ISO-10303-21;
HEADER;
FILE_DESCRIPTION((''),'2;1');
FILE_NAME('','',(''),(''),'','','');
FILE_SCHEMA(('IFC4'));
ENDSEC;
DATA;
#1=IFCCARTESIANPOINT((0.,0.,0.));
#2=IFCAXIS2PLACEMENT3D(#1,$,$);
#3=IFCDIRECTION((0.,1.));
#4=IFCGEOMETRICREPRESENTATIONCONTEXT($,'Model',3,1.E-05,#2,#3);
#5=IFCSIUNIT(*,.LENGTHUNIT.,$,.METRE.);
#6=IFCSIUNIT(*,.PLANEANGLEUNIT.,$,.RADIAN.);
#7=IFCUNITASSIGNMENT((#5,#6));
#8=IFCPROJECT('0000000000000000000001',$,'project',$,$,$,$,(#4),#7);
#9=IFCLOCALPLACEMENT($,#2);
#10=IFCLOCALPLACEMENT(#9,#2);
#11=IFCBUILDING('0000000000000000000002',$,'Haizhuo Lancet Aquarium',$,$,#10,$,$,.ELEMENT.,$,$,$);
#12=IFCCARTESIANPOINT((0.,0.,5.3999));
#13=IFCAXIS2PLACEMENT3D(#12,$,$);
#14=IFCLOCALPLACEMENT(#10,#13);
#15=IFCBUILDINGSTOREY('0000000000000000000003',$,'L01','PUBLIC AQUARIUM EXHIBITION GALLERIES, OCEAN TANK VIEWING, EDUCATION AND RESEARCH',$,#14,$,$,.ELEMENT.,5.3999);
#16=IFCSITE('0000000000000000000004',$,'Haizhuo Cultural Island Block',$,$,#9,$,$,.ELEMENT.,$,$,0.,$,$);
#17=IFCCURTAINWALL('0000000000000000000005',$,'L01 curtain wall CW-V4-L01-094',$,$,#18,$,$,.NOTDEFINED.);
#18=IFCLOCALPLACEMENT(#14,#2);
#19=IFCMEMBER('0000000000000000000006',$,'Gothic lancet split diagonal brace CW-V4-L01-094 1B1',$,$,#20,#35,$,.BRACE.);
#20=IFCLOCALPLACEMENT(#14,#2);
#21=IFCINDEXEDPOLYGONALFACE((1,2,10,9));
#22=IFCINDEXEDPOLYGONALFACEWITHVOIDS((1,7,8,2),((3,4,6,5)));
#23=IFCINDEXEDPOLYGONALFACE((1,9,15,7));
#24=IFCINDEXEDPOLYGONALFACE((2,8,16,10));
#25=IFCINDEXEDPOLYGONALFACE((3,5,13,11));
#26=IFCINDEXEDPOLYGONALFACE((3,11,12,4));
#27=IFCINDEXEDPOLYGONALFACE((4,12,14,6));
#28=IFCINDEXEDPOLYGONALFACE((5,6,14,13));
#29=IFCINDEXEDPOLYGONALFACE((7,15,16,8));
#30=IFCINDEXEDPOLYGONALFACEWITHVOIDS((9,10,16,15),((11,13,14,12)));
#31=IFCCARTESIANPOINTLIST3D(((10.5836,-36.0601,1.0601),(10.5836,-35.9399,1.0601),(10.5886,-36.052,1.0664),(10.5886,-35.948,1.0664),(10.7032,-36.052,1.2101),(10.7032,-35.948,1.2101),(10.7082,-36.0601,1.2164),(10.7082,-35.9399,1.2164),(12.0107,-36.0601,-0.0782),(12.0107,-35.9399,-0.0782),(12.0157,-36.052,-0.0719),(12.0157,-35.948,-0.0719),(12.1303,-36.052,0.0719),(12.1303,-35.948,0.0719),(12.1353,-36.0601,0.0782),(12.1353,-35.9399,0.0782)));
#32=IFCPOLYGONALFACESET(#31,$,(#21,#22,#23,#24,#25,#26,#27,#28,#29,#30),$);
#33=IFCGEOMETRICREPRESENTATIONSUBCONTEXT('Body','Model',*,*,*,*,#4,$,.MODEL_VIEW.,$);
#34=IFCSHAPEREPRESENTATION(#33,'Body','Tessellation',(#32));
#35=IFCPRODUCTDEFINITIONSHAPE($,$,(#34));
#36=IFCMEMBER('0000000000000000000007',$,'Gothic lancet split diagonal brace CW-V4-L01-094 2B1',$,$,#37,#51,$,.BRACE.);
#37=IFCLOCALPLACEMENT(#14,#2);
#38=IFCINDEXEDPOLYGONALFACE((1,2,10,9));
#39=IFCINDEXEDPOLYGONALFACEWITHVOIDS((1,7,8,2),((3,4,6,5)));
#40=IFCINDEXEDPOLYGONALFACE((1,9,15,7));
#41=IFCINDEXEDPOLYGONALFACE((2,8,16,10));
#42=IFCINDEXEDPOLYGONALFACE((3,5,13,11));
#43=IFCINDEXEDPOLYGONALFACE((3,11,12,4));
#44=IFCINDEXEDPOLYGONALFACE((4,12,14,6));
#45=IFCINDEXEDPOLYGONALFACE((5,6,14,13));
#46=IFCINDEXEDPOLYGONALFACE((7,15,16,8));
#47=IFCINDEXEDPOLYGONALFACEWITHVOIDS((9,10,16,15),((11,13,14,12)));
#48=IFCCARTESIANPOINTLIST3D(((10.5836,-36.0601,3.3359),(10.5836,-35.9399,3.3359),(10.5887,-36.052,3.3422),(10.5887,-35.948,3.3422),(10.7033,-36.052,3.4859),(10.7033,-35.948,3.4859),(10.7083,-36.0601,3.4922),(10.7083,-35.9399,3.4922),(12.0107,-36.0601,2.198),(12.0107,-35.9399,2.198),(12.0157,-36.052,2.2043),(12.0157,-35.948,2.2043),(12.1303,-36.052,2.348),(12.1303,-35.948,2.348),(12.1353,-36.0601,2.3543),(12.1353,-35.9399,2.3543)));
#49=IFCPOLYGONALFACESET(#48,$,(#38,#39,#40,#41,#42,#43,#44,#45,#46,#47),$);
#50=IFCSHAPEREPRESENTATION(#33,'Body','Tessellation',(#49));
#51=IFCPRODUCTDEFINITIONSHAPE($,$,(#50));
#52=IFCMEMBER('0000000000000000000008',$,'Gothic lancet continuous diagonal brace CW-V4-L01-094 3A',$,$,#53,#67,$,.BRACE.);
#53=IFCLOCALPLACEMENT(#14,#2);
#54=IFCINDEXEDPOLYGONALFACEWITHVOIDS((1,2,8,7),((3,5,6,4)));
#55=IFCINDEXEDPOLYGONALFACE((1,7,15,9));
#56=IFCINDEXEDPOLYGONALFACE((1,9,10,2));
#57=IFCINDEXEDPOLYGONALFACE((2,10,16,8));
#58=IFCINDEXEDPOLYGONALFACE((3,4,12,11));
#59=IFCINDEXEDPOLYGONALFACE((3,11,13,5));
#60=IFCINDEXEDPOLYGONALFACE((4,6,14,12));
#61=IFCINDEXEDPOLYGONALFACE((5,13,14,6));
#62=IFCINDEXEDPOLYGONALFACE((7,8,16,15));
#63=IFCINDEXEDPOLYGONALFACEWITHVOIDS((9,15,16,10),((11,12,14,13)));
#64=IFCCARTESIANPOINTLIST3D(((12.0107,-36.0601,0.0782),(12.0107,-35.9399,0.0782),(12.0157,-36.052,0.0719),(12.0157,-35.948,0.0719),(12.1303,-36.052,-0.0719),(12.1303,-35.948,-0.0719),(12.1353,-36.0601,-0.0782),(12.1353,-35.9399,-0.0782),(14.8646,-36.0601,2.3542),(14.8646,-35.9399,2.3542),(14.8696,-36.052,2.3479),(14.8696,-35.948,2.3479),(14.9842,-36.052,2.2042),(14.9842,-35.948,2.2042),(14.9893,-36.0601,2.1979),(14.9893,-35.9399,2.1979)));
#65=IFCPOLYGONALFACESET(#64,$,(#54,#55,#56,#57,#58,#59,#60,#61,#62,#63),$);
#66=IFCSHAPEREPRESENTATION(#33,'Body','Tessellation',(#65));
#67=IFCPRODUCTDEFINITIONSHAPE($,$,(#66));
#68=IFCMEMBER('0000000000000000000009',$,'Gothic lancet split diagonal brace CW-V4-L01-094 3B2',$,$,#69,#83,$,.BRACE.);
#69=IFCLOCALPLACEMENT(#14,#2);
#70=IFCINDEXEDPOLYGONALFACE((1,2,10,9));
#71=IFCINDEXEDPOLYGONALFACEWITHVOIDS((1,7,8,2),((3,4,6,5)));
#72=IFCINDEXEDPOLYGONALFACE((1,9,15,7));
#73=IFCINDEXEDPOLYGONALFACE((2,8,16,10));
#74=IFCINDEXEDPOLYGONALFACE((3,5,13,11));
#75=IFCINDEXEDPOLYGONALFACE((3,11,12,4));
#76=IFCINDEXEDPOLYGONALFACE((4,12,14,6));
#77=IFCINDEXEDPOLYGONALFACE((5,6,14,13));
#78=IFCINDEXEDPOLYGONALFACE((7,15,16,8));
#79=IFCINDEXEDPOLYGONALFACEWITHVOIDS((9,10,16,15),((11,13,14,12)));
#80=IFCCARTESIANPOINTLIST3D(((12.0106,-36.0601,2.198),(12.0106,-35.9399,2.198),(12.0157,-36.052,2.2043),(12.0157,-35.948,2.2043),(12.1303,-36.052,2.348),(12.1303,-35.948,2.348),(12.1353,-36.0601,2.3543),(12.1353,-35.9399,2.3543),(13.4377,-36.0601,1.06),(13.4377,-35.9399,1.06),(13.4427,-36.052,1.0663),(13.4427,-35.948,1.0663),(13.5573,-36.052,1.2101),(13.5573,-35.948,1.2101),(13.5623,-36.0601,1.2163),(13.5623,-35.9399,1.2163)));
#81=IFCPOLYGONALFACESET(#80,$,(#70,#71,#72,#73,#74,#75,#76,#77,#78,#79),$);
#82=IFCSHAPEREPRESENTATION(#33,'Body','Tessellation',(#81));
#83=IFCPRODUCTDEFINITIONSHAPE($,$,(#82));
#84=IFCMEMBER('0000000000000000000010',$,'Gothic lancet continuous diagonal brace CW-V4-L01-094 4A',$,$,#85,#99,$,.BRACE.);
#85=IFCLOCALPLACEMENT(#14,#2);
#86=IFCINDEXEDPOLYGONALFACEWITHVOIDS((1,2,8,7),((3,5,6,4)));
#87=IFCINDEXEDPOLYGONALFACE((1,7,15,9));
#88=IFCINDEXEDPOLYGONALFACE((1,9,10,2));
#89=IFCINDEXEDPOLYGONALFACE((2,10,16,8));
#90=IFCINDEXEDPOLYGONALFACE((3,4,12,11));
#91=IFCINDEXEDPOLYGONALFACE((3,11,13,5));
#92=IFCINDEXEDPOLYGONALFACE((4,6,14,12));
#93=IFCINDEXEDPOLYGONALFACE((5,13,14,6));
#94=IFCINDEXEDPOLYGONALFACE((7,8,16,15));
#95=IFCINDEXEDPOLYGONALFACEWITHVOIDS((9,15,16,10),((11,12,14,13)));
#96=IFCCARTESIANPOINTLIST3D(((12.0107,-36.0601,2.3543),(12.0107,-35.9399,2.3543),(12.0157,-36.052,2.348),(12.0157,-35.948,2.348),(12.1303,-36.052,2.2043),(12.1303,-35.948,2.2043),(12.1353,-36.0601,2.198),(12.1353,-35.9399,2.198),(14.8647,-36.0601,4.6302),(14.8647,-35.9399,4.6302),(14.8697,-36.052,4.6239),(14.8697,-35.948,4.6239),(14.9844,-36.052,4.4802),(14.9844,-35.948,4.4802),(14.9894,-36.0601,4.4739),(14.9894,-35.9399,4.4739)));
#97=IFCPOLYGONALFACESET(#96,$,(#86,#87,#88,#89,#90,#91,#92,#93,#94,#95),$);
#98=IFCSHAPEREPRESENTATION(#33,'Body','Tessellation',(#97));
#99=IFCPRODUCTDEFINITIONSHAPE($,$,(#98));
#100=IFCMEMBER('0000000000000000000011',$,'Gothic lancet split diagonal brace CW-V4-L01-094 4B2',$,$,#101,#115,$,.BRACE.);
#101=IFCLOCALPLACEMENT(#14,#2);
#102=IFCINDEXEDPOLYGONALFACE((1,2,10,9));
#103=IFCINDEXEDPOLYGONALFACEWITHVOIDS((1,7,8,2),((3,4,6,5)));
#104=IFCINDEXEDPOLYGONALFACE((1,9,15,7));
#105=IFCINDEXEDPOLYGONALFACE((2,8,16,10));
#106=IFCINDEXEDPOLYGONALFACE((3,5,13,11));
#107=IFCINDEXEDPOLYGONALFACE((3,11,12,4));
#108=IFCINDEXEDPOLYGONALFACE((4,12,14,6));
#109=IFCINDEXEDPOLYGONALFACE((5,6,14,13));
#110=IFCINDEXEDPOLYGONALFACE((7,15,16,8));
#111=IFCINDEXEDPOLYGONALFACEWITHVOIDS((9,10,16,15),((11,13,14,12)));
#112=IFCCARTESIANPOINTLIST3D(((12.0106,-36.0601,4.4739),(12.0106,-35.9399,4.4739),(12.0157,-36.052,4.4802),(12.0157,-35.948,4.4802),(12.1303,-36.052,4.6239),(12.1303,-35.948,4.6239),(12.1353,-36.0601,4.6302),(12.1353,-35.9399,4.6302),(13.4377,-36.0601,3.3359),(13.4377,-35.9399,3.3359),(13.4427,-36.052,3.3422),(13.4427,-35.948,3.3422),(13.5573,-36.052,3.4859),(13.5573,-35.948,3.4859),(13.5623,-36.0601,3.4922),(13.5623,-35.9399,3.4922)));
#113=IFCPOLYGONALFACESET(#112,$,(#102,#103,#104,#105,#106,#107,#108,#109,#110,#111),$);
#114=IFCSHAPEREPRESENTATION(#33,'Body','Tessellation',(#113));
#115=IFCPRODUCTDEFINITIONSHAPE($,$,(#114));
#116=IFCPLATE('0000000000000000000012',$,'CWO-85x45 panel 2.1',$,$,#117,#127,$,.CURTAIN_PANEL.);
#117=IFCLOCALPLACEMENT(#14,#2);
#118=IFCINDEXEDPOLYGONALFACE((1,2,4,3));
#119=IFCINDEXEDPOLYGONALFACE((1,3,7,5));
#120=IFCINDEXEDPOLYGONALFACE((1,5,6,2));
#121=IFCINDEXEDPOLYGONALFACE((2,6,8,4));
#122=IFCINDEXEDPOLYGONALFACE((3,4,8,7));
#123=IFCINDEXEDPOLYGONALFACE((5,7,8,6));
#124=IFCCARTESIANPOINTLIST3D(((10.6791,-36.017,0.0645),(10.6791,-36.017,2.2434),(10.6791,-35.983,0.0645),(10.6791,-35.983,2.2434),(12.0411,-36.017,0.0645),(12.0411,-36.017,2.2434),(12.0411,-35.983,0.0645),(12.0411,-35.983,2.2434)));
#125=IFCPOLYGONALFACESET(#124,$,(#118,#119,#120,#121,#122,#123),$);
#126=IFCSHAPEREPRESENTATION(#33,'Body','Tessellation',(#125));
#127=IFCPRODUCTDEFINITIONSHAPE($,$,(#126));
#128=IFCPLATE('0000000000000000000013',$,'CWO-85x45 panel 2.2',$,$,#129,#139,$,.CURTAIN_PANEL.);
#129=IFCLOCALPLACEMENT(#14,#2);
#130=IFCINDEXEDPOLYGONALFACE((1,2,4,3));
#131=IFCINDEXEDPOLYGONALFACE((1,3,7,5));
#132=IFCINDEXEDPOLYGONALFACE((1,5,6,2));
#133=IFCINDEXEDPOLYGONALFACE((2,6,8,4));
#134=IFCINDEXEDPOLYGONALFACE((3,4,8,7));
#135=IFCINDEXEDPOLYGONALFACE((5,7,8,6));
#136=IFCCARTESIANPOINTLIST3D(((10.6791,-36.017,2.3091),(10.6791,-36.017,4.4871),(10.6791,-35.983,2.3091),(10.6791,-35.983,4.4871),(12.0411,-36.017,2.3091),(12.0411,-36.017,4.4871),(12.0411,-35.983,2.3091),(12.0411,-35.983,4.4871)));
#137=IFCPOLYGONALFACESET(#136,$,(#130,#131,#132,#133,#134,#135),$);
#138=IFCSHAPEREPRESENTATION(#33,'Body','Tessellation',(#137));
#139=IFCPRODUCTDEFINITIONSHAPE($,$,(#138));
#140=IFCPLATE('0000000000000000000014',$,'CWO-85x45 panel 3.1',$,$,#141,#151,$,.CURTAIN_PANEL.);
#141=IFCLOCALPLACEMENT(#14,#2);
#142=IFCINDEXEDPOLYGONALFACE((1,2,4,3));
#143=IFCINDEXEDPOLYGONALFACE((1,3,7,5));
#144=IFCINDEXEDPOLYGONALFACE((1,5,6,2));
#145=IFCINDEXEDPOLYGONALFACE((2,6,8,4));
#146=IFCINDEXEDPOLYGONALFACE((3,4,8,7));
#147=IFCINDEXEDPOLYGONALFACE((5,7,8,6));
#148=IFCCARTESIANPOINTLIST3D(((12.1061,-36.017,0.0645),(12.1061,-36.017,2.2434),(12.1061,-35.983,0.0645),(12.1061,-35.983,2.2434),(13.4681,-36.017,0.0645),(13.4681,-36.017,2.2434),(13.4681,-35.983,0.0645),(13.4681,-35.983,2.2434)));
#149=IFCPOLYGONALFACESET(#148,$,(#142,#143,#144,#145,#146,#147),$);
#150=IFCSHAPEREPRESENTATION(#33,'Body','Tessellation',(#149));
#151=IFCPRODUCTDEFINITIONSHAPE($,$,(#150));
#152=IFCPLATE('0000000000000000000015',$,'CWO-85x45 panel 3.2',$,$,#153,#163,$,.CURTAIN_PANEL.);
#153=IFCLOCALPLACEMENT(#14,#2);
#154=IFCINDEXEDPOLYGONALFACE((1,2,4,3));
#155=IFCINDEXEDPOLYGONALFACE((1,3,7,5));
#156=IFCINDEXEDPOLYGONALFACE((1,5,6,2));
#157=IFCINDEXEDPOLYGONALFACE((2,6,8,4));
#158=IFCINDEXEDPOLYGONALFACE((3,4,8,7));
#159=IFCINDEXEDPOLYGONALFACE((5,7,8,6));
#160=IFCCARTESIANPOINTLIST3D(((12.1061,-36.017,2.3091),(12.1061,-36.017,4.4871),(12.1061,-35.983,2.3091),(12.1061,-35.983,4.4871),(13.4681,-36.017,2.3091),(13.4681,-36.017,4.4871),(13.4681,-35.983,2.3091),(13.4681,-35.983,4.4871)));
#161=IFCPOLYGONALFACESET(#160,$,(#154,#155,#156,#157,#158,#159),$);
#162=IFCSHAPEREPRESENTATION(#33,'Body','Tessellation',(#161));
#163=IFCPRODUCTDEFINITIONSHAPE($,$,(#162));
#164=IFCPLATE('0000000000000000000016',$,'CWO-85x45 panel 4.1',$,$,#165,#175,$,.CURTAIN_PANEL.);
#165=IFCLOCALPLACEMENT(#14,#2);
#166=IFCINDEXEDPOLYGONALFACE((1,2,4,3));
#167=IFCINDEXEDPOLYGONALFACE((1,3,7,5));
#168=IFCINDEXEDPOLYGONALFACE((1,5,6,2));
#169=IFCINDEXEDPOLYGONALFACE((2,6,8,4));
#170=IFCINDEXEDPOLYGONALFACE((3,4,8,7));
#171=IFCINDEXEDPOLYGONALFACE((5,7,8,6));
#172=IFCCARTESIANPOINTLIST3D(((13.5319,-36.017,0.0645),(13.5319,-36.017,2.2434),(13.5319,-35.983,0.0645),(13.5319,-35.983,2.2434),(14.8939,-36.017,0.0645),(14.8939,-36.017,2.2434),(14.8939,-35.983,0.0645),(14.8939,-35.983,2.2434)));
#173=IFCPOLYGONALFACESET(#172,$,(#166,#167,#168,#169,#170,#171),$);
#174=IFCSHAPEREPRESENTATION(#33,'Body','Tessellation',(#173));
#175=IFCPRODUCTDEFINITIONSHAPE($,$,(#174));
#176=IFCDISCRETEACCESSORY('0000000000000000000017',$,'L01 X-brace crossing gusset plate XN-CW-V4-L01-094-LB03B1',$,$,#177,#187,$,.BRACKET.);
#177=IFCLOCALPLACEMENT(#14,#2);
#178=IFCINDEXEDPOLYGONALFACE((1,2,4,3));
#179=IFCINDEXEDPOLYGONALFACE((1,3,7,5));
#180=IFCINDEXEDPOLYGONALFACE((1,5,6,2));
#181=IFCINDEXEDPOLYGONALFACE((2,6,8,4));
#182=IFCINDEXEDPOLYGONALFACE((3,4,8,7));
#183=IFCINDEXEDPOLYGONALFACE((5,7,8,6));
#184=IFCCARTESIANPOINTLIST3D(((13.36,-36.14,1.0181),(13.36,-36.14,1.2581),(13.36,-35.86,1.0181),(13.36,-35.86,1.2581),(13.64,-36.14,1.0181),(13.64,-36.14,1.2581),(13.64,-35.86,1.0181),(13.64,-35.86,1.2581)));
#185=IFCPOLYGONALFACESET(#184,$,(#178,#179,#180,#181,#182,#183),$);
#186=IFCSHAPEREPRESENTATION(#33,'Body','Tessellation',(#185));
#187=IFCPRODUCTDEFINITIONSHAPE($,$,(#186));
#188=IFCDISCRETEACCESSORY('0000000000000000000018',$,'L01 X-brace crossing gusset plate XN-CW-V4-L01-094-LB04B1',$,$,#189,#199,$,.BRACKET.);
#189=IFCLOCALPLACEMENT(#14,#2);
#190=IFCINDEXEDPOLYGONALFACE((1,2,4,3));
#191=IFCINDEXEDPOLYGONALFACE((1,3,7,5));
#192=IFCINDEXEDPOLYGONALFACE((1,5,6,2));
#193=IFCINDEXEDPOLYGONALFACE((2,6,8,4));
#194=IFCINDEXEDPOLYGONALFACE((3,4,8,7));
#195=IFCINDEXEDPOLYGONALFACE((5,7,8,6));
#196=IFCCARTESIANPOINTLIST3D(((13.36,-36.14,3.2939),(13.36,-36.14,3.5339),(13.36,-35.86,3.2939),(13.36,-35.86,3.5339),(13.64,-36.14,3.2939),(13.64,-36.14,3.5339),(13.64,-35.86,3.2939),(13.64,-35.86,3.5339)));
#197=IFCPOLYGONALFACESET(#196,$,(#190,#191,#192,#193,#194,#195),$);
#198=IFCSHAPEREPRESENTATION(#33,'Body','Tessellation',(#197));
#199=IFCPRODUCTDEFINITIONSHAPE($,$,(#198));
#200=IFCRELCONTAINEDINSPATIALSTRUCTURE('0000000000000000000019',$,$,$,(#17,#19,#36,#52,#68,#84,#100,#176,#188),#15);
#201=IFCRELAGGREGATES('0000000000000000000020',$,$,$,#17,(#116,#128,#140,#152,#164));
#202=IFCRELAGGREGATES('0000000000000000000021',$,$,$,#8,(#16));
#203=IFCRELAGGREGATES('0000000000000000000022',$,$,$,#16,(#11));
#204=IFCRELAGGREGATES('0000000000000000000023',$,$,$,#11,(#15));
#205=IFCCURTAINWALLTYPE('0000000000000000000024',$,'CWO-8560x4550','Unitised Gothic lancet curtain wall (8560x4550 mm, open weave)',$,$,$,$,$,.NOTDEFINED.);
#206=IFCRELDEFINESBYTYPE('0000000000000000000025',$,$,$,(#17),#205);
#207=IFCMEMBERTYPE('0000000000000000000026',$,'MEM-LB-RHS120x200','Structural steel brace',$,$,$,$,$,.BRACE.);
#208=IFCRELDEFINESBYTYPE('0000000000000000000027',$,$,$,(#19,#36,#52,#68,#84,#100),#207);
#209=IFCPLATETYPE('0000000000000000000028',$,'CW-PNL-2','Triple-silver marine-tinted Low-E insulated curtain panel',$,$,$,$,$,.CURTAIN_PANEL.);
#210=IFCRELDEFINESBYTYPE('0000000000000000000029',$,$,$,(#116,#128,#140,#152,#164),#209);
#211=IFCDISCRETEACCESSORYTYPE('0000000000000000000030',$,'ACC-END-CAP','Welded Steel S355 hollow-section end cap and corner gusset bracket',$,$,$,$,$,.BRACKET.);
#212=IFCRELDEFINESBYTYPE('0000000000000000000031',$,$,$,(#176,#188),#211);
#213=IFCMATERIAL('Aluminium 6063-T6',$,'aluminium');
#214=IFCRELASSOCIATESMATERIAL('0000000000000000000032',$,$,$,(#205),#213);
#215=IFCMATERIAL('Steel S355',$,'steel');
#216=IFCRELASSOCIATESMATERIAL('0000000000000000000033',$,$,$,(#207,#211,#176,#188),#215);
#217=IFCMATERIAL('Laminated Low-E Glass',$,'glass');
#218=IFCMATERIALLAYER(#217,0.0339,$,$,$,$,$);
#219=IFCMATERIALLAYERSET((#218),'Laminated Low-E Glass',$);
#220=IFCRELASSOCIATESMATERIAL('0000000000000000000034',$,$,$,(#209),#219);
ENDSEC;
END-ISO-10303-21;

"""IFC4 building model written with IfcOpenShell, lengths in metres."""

from ifc_helpers import new_model, si_unit, direction, frame, origin, origin_2d, place, context, subcontext, project, spatial, rectangle, hollow_rectangle, extrude, material, layer, layer_set, material_profile, profile_set, type_object, element, aggregate, save


model = new_model("IFC4")

# Units and contexts
model_context = context("Model", 3, precision=1e-05, world=origin(), true_north=direction((0.0, 1.0)))
body_context = subcontext(model_context, "Body", "Model", "MODEL_VIEW")
ifc_project = project(units=[si_unit("LENGTHUNIT", "METRE"), si_unit("PLANEANGLEUNIT", "RADIAN")], contexts=[model_context])

# Site, building, storey
site_placement = place(None, origin())
site = spatial("IfcSite", under=ifc_project, at=site_placement, Name="Haizhuo Cultural Island Block", CompositionType="ELEMENT", RefElevation=0.0)
building_placement = place(site_placement, origin())
building = spatial("IfcBuilding", under=site, at=building_placement, Name="Haizhuo Lancet Aquarium", CompositionType="ELEMENT")
storey_placement = place(building_placement, frame((0.0, 0.0, 5.3999)))
storey = spatial("IfcBuildingStorey", under=building, at=storey_placement, Name="L01", Description="PUBLIC AQUARIUM EXHIBITION GALLERIES, OCEAN TANK VIEWING, EDUCATION AND RESEARCH", CompositionType="ELEMENT", Elevation=5.3999)

# Curtain wall
ifc_material_1 = material(Name="Aluminium 6063-T6", Category="aluminium")
curtain_wall_type = type_object("IfcCurtainWallType", Name="CWO-8560x4550", Description="Unitised Gothic lancet curtain wall (8560x4550 mm, open weave)", PredefinedType="NOTDEFINED", material=ifc_material_1)
curtain_wall_placement = place(storey_placement, origin())
curtain_wall = element("IfcCurtainWall", 1, at=curtain_wall_placement, inside=storey, type_object=curtain_wall_type, Name="L01 curtain wall CW-V4-L01-094", PredefinedType="NOTDEFINED")

# Members
ifc_material_2 = material(Name="Steel S355", Category="steel")
ifc_material_profile_1 = material_profile(ifc_material_2, hollow_rectangle(XDim=0.1201, YDim=0.2, WallThickness=0.0081, at=origin_2d()), Name="RHS 120x200x8")
ifc_profile_set_1 = profile_set([ifc_material_profile_1], Name="Steel S355")
member_type_1 = type_object("IfcMemberType", Name="MEM-LB-RHS120x200", Description="Structural steel brace", PredefinedType="BRACE", material=ifc_profile_set_1)
member_1_placement = place(storey_placement, frame((12.073, -36.0, 0.0), z_axis=(-0.781781, 0.0, 0.623553), x_axis=(0.0, -1.0, 0.0)))
element("IfcMember", 2, at=member_1_placement, inside=storey, type_object=member_type_1, Name="Gothic lancet split diagonal brace CW-V4-L01-094 1B1", PredefinedType="BRACE", context=body_context, shape_type="SweptSolid", body=[
    extrude(hollow_rectangle(XDim=0.1201, YDim=0.2, WallThickness=0.0081, at=origin_2d()), origin(), (0.0, 0.0, 1.0), 1.8254),
])
member_2_placement = place(storey_placement, frame((12.073, -36.0, 2.2761), z_axis=(-0.781847, 0.0, 0.623471), x_axis=(0.0, -1.0, 0.0)))
element("IfcMember", 3, at=member_2_placement, inside=storey, type_object=member_type_1, Name="Gothic lancet split diagonal brace CW-V4-L01-094 2B1", PredefinedType="BRACE", context=body_context, shape_type="SweptSolid", body=[
    extrude(hollow_rectangle(XDim=0.1201, YDim=0.2, WallThickness=0.0081, at=origin_2d()), origin(), (0.0, 0.0, 1.0), 1.8252),
])
member_3_placement = place(storey_placement, frame((12.073, -36.0, 0.0), z_axis=(0.781814, 0.0, 0.623512), x_axis=(0.0, 1.0, 0.0)))
element("IfcMember", 4, at=member_3_placement, inside=storey, type_object=member_type_1, Name="Gothic lancet continuous diagonal brace CW-V4-L01-094 3A", PredefinedType="BRACE", context=body_context, shape_type="SweptSolid", body=[
    extrude(hollow_rectangle(XDim=0.1201, YDim=0.2, WallThickness=0.0081, at=origin_2d()), origin(), (0.0, 0.0, 1.0), 3.6504),
])
member_4_placement = place(storey_placement, frame((13.5, -36.0, 1.1382), z_axis=(-0.781847, 0.0, 0.623471), x_axis=(0.0, -1.0, 0.0)))
element("IfcMember", 5, at=member_4_placement, inside=storey, type_object=member_type_1, Name="Gothic lancet split diagonal brace CW-V4-L01-094 3B2", PredefinedType="BRACE", context=body_context, shape_type="SweptSolid", body=[
    extrude(hollow_rectangle(XDim=0.1201, YDim=0.2, WallThickness=0.0081, at=origin_2d()), origin(), (0.0, 0.0, 1.0), 1.8252),
])
member_5_placement = place(storey_placement, frame((12.073, -36.0, 2.2761), z_axis=(0.781847, 0.0, 0.623471), x_axis=(0.0, 1.0, 0.0)))
element("IfcMember", 6, at=member_5_placement, inside=storey, type_object=member_type_1, Name="Gothic lancet continuous diagonal brace CW-V4-L01-094 4A", PredefinedType="BRACE", context=body_context, shape_type="SweptSolid", body=[
    extrude(hollow_rectangle(XDim=0.1201, YDim=0.2, WallThickness=0.0081, at=origin_2d()), origin(), (0.0, 0.0, 1.0), 3.6504),
])
member_6_placement = place(storey_placement, frame((13.5, -36.0, 3.4141), z_axis=(-0.781847, 0.0, 0.623471), x_axis=(0.0, -1.0, 0.0)))
element("IfcMember", 7, at=member_6_placement, inside=storey, type_object=member_type_1, Name="Gothic lancet split diagonal brace CW-V4-L01-094 4B2", PredefinedType="BRACE", context=body_context, shape_type="SweptSolid", body=[
    extrude(hollow_rectangle(XDim=0.1201, YDim=0.2, WallThickness=0.0081, at=origin_2d()), origin(), (0.0, 0.0, 1.0), 1.8252),
])

# Plates
ifc_material_3 = material(Name="Laminated Low-E Glass", Category="glass")
ifc_layer = layer(ifc_material_3, 0.0339)
ifc_layer_set = layer_set([ifc_layer], Name="Laminated Low-E Glass")
plate_type = type_object("IfcPlateType", Name="CW-PNL-2", Description="Triple-silver marine-tinted Low-E insulated curtain panel", PredefinedType="CURTAIN_PANEL", material=ifc_layer_set)
plate_1_placement = place(storey_placement, frame((11.3601, -36.0, 0.0645), z_axis=(0.0, 0.0, 1.0), x_axis=(1.0, 0.0, 0.0)))
plate_1 = element("IfcPlate", 8, at=plate_1_placement, type_object=plate_type, Name="CWO-85x45 panel 2.1", PredefinedType="CURTAIN_PANEL", context=body_context, shape_type="SweptSolid", body=[
    extrude(rectangle(XDim=1.3621, YDim=0.0339, at=origin_2d()), origin(), (0.0, 0.0, 1.0), 2.179),
])
plate_2_placement = place(storey_placement, frame((11.3601, -36.0, 2.3091), z_axis=(0.0, 0.0, 1.0), x_axis=(1.0, 0.0, 0.0)))
plate_2 = element("IfcPlate", 9, at=plate_2_placement, type_object=plate_type, Name="CWO-85x45 panel 2.2", PredefinedType="CURTAIN_PANEL", context=body_context, shape_type="SweptSolid", body=[
    extrude(rectangle(XDim=1.3621, YDim=0.0339, at=origin_2d()), origin(), (0.0, 0.0, 1.0), 2.178),
])
plate_3_placement = place(storey_placement, frame((12.7871, -36.0, 0.0645), z_axis=(0.0, 0.0, 1.0), x_axis=(1.0, 0.0, 0.0)))
plate_3 = element("IfcPlate", 10, at=plate_3_placement, type_object=plate_type, Name="CWO-85x45 panel 3.1", PredefinedType="CURTAIN_PANEL", context=body_context, shape_type="SweptSolid", body=[
    extrude(rectangle(XDim=1.3621, YDim=0.0339, at=origin_2d()), origin(), (0.0, 0.0, 1.0), 2.179),
])
plate_4_placement = place(storey_placement, frame((12.7871, -36.0, 2.3091), z_axis=(0.0, 0.0, 1.0), x_axis=(1.0, 0.0, 0.0)))
plate_4 = element("IfcPlate", 11, at=plate_4_placement, type_object=plate_type, Name="CWO-85x45 panel 3.2", PredefinedType="CURTAIN_PANEL", context=body_context, shape_type="SweptSolid", body=[
    extrude(rectangle(XDim=1.3621, YDim=0.0339, at=origin_2d()), origin(), (0.0, 0.0, 1.0), 2.178),
])
plate_5_placement = place(storey_placement, frame((14.2129, -36.0, 0.0645), z_axis=(0.0, 0.0, 1.0), x_axis=(1.0, 0.0, 0.0)))
plate_5 = element("IfcPlate", 12, at=plate_5_placement, type_object=plate_type, Name="CWO-85x45 panel 4.1", PredefinedType="CURTAIN_PANEL", context=body_context, shape_type="SweptSolid", body=[
    extrude(rectangle(XDim=1.3621, YDim=0.0339, at=origin_2d()), origin(), (0.0, 0.0, 1.0), 2.179),
])
aggregate(curtain_wall, [plate_1, plate_2, plate_3, plate_4, plate_5])

# Discrete accessories
discrete_accessory_type = type_object("IfcDiscreteAccessoryType", Name="ACC-END-CAP", Description="Welded Steel S355 hollow-section end cap and corner gusset bracket", PredefinedType="BRACKET", material=ifc_material_2)
for number, where, z_axis, x_axis, name in (
    (13, (13.5, -36.0, 1.0181), (0.0, 0.0, 1.0), (1.0, 0.0, 0.0), "L01 X-brace crossing gusset plate XN-CW-V4-L01-094-LB03B1"),
    (14, (13.5, -36.0, 3.2939), (0.0, 0.0, 1.0), (1.0, 0.0, 0.0), "L01 X-brace crossing gusset plate XN-CW-V4-L01-094-LB04B1"),
):
    element("IfcDiscreteAccessory", number, at=place(storey_placement, frame(where, z_axis=z_axis, x_axis=x_axis)), inside=storey, type_object=discrete_accessory_type, material=ifc_material_2, Name=name, PredefinedType="BRACKET", context=body_context, shape_type="SweptSolid", body=[
        extrude(rectangle(XDim=0.28, YDim=0.28, at=origin_2d()), origin(), (0.0, 0.0, 1.0), 0.24),
    ])

save(model, "model.ifc")
